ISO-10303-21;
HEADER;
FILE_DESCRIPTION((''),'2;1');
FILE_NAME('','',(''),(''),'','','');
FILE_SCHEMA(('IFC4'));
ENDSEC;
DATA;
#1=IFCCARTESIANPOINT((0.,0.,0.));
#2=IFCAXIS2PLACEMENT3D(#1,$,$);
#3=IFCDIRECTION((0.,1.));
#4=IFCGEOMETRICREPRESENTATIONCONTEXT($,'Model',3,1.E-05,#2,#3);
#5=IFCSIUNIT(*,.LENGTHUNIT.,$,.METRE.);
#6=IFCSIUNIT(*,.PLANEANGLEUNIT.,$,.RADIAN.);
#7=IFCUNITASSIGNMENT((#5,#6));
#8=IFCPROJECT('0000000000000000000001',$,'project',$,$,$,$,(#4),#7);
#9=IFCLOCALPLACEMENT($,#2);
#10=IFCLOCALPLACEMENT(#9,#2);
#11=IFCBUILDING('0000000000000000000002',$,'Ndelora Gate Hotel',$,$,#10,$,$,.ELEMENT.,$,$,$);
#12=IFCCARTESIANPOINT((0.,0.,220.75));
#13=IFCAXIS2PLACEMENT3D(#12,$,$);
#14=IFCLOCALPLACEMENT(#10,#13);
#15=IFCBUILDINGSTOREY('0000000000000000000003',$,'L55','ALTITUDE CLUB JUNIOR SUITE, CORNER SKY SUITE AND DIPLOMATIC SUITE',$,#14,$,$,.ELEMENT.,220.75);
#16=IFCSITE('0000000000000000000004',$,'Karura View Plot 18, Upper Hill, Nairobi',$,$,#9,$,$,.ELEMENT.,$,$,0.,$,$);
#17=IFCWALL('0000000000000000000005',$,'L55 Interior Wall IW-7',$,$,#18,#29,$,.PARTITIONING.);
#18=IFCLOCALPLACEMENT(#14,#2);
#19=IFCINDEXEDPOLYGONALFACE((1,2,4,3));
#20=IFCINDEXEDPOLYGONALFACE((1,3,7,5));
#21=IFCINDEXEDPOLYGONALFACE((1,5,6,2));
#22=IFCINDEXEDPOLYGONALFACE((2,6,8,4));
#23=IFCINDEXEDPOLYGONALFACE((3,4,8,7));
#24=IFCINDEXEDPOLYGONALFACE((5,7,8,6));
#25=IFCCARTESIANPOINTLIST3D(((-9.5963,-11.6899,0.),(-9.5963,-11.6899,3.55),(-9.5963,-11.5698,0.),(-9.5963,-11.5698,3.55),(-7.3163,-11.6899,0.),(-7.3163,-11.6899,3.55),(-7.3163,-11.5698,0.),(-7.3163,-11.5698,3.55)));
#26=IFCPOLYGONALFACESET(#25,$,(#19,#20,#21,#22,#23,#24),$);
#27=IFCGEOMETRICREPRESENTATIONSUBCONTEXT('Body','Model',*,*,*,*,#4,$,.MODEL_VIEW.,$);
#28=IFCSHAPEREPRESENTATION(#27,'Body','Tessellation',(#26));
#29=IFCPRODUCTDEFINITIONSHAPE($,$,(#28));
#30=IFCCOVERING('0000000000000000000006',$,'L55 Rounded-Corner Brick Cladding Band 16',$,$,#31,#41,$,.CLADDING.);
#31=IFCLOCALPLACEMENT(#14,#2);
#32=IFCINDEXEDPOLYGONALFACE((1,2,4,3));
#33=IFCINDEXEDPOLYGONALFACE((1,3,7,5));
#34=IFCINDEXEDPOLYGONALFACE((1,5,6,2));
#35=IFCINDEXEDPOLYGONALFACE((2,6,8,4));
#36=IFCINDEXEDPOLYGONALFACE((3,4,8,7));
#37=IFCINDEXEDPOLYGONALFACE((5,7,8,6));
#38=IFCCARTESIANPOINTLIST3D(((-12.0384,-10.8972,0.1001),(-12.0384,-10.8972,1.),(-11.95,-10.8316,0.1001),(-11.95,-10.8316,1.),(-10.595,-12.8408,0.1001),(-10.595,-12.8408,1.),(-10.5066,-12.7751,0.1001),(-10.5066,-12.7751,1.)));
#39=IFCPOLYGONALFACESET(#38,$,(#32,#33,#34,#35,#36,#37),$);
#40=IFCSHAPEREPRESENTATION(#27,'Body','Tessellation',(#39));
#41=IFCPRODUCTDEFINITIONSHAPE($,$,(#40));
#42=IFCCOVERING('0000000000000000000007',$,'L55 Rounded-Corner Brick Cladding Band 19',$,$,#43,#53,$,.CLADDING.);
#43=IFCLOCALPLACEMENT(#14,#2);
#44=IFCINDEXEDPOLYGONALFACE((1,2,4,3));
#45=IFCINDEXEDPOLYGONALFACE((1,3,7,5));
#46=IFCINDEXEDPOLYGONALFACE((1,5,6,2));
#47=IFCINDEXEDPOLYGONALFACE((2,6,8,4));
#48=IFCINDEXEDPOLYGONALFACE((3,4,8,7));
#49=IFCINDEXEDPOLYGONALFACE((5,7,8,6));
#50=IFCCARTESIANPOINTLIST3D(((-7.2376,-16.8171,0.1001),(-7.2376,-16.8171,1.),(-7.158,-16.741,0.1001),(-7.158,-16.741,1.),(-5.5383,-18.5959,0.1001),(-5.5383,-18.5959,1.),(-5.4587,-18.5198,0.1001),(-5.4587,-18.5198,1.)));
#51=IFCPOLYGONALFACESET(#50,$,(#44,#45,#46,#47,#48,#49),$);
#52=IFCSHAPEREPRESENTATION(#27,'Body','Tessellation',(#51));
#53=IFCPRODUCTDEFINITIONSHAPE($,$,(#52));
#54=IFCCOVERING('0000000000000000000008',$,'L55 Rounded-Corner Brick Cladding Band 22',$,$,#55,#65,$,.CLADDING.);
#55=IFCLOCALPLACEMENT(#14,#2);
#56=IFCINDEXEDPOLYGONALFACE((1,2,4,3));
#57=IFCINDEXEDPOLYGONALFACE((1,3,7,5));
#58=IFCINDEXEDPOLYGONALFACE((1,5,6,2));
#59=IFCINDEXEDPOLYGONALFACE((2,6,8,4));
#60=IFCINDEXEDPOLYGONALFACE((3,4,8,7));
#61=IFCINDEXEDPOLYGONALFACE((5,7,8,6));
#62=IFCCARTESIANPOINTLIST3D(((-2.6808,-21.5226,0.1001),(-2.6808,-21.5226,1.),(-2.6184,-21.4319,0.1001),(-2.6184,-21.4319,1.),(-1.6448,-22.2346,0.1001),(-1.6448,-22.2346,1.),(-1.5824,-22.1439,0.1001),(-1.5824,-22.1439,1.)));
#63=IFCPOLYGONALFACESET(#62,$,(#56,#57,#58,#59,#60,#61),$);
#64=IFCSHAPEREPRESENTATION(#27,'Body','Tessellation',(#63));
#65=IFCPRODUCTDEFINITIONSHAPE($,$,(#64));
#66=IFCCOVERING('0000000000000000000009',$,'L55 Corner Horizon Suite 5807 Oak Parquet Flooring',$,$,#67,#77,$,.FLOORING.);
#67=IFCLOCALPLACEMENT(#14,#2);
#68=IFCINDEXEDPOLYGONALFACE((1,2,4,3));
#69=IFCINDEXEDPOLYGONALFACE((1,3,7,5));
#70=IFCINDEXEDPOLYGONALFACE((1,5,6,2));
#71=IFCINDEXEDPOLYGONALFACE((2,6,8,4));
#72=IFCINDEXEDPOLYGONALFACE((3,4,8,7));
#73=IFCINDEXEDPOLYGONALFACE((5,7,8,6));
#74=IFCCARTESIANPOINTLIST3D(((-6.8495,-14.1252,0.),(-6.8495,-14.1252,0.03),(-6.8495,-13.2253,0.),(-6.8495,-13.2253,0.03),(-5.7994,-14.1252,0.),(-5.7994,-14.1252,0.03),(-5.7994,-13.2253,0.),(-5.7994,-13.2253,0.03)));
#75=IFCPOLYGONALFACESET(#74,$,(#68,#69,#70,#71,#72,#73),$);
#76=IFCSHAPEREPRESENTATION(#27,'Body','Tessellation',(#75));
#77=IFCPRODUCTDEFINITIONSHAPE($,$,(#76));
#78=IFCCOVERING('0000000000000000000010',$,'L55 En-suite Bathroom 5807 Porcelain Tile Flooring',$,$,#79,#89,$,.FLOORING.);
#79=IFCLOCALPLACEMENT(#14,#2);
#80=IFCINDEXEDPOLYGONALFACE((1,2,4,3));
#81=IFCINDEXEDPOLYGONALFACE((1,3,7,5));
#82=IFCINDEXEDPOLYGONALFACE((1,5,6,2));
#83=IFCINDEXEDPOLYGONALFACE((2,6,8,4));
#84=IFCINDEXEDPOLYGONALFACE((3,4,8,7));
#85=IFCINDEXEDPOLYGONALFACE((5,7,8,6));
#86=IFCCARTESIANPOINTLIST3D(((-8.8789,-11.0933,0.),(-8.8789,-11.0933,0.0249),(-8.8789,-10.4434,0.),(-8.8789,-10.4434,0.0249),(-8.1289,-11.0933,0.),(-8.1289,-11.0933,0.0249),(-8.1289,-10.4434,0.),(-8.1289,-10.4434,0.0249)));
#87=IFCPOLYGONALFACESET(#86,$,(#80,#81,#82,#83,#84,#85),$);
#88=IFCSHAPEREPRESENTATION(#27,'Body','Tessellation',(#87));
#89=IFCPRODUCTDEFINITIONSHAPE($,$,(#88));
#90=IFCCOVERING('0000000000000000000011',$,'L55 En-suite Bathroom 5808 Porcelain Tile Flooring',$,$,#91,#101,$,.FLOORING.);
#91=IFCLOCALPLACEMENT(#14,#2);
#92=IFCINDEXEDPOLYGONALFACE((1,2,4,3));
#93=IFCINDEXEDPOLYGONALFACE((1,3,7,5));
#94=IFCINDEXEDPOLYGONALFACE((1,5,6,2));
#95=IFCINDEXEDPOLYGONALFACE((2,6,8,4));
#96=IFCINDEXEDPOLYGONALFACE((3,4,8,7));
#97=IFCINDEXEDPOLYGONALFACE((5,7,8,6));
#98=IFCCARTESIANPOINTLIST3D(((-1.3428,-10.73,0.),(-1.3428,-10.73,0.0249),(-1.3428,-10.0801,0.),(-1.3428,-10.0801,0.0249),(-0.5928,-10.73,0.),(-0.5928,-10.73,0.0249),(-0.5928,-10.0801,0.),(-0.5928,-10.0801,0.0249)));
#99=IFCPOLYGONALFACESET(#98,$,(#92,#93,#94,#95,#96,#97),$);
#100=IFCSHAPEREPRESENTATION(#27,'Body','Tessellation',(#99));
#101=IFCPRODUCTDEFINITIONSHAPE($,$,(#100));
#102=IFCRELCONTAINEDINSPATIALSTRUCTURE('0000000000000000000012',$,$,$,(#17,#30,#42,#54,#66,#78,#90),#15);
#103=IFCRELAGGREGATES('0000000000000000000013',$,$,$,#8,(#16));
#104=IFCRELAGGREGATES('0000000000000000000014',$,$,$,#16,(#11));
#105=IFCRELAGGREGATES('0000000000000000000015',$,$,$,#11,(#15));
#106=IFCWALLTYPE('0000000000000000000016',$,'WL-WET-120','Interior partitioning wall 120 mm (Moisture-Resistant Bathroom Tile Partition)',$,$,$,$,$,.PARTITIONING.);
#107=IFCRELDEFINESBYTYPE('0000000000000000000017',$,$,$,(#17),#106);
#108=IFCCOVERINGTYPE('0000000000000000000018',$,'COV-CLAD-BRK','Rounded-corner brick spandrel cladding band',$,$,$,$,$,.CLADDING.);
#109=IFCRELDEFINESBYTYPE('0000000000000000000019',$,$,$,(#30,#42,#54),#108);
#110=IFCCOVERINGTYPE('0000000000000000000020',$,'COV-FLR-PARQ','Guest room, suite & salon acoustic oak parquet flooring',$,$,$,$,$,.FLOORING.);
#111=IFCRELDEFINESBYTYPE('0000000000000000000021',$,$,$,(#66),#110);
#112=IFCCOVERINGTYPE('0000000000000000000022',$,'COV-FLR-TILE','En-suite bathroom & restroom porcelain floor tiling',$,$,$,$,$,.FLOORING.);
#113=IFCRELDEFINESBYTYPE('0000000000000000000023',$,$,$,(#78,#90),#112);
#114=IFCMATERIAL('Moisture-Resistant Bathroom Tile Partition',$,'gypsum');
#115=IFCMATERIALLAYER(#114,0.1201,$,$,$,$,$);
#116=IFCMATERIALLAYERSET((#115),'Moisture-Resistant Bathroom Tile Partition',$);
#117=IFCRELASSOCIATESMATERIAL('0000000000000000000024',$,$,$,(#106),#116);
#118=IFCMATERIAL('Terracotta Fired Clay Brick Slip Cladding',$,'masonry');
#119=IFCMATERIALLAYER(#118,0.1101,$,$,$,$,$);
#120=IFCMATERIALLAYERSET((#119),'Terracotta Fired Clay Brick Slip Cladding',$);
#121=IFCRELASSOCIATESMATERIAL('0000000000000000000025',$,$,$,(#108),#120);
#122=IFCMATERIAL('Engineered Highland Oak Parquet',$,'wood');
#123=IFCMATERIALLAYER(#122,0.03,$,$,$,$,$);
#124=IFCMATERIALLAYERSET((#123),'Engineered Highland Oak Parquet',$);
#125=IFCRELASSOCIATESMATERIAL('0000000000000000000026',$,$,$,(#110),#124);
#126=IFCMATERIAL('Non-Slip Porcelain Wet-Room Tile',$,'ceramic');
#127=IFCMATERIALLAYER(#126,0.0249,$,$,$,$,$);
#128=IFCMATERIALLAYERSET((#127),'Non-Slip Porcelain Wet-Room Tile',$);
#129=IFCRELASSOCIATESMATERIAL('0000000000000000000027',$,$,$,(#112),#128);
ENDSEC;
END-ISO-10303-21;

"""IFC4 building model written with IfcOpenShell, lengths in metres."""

from ifc_helpers import new_model, si_unit, direction, frame, frame_2d, origin, origin_2d, place, context, subcontext, project, spatial, rectangle, extrude, material, layer, layer_set, type_object, element, save


model = new_model("IFC4")

# Units and contexts
model_context = context("Model", 3, precision=1e-05, world=origin(), true_north=direction((0.0, 1.0)))
body_context = subcontext(model_context, "Body", "Model", "MODEL_VIEW")
ifc_project = project(units=[si_unit("LENGTHUNIT", "METRE"), si_unit("PLANEANGLEUNIT", "RADIAN")], contexts=[model_context])

# Site, building, storey
site_placement = place(None, origin())
site = spatial("IfcSite", under=ifc_project, at=site_placement, Name="Karura View Plot 18, Upper Hill, Nairobi", CompositionType="ELEMENT", RefElevation=0.0)
building_placement = place(site_placement, origin())
building = spatial("IfcBuilding", under=site, at=building_placement, Name="Ndelora Gate Hotel", CompositionType="ELEMENT")
storey_placement = place(building_placement, frame((0.0, 0.0, 220.75)))
storey = spatial("IfcBuildingStorey", under=building, at=storey_placement, Name="L55", Description="ALTITUDE CLUB JUNIOR SUITE, CORNER SKY SUITE AND DIPLOMATIC SUITE", CompositionType="ELEMENT", Elevation=220.75)

# Wall
ifc_material_1 = material(Name="Moisture-Resistant Bathroom Tile Partition", Category="gypsum")
ifc_layer_1 = layer(ifc_material_1, 0.1201)
ifc_layer_set_1 = layer_set([ifc_layer_1], Name="Moisture-Resistant Bathroom Tile Partition")
wall_type_1 = type_object("IfcWallType", Name="WL-WET-120", Description="Interior partitioning wall 120 mm (Moisture-Resistant Bathroom Tile Partition)", PredefinedType="PARTITIONING", material=ifc_layer_set_1)
wall_1_placement = place(storey_placement, frame((-7.3162, -11.6299, 0.0), z_axis=(0.0, 0.0, 1.0), x_axis=(-1.0, 0.0, 0.0)))
element("IfcWall", 1, at=wall_1_placement, inside=storey, type_object=wall_type_1, Name="L55 Interior Wall IW-7", PredefinedType="PARTITIONING", context=body_context, shape_type="SweptSolid", body=[
    extrude(rectangle(XDim=2.28, YDim=0.1201, at=frame_2d((1.1401, 0.0))), origin(), (0.0, 0.0, 1.0), 3.55),
])

# Coverings
ifc_material_2 = material(Name="Terracotta Fired Clay Brick Slip Cladding", Category="masonry")
ifc_layer_2 = layer(ifc_material_2, 0.1101)
ifc_layer_set_2 = layer_set([ifc_layer_2], Name="Terracotta Fired Clay Brick Slip Cladding")
covering_type_1 = type_object("IfcCoveringType", Name="COV-CLAD-BRK", Description="Rounded-corner brick spandrel cladding band", PredefinedType="CLADDING", material=ifc_layer_set_2)
covering_1_placement = place(storey_placement, frame((-11.2725, -11.8362, 0.1001), z_axis=(0.0, 0.0, 1.0), x_axis=(-0.596225, 0.802817, 0.0)))
element("IfcCovering", 2, at=covering_1_placement, inside=storey, type_object=covering_type_1, Name="L55 Rounded-Corner Brick Cladding Band 16", PredefinedType="CLADDING", context=body_context, shape_type="SweptSolid", body=[
    extrude(rectangle(XDim=2.4209, YDim=0.1101, at=origin_2d()), origin(), (0.0, 0.0, 1.0), 0.8999),
])
covering_2_placement = place(storey_placement, frame((-6.3481, -17.6685, 0.1001), z_axis=(0.0, 0.0, 1.0), x_axis=(-0.690756, 0.723088, 0.0)))
element("IfcCovering", 3, at=covering_2_placement, inside=storey, type_object=covering_type_1, Name="L55 Rounded-Corner Brick Cladding Band 19", PredefinedType="CLADDING", context=body_context, shape_type="SweptSolid", body=[
    extrude(rectangle(XDim=2.46, YDim=0.1101, at=origin_2d()), origin(), (0.0, 0.0, 1.0), 0.8999),
])
covering_3_placement = place(storey_placement, frame((-2.1316, -21.8333, 0.1001), z_axis=(0.0, 0.0, 1.0), x_axis=(-0.824126, 0.566406, 0.0)))
element("IfcCovering", 4, at=covering_3_placement, inside=storey, type_object=covering_type_1, Name="L55 Rounded-Corner Brick Cladding Band 22", PredefinedType="CLADDING", context=body_context, shape_type="SweptSolid", body=[
    extrude(rectangle(XDim=1.2571, YDim=0.1101, at=origin_2d()), origin(), (0.0, 0.0, 1.0), 0.8999),
])
ifc_material_3 = material(Name="Engineered Highland Oak Parquet", Category="wood")
ifc_layer_3 = layer(ifc_material_3, 0.03)
ifc_layer_set_3 = layer_set([ifc_layer_3], Name="Engineered Highland Oak Parquet")
covering_type_2 = type_object("IfcCoveringType", Name="COV-FLR-PARQ", Description="Guest room, suite & salon acoustic oak parquet flooring", PredefinedType="FLOORING", material=ifc_layer_set_3)
covering_4_placement = place(storey_placement, frame((-6.3245, -13.6753, 0.0), z_axis=(0.0, 0.0, 1.0), x_axis=(1.0, 0.0, 0.0)))
element("IfcCovering", 5, at=covering_4_placement, inside=storey, type_object=covering_type_2, Name="L55 Corner Horizon Suite 5807 Oak Parquet Flooring", PredefinedType="FLOORING", context=body_context, shape_type="SweptSolid", body=[
    extrude(rectangle(XDim=1.05, YDim=0.8999, at=origin_2d()), origin(), (0.0, 0.0, 1.0), 0.03),
])
ifc_material_4 = material(Name="Non-Slip Porcelain Wet-Room Tile", Category="ceramic")
ifc_layer_4 = layer(ifc_material_4, 0.0249)
ifc_layer_set_4 = layer_set([ifc_layer_4], Name="Non-Slip Porcelain Wet-Room Tile")
covering_type_3 = type_object("IfcCoveringType", Name="COV-FLR-TILE", Description="En-suite bathroom & restroom porcelain floor tiling", PredefinedType="FLOORING", material=ifc_layer_set_4)
for number, where, z_axis, x_axis, name in (
    (6, (-8.5039, -10.7683, 0.0), (0.0, 0.0, 1.0), (1.0, 0.0, 0.0), "L55 En-suite Bathroom 5807 Porcelain Tile Flooring"),
    (7, (-0.9678, -10.405, 0.0), (0.0, 0.0, 1.0), (1.0, 0.0, 0.0), "L55 En-suite Bathroom 5808 Porcelain Tile Flooring"),
):
    element("IfcCovering", number, at=place(storey_placement, frame(where, z_axis=z_axis, x_axis=x_axis)), inside=storey, type_object=covering_type_3, Name=name, PredefinedType="FLOORING", context=body_context, shape_type="SweptSolid", body=[
        extrude(rectangle(XDim=0.75, YDim=0.6499, at=origin_2d()), origin(), (0.0, 0.0, 1.0), 0.0249),
    ])

save(model, "model.ifc")
